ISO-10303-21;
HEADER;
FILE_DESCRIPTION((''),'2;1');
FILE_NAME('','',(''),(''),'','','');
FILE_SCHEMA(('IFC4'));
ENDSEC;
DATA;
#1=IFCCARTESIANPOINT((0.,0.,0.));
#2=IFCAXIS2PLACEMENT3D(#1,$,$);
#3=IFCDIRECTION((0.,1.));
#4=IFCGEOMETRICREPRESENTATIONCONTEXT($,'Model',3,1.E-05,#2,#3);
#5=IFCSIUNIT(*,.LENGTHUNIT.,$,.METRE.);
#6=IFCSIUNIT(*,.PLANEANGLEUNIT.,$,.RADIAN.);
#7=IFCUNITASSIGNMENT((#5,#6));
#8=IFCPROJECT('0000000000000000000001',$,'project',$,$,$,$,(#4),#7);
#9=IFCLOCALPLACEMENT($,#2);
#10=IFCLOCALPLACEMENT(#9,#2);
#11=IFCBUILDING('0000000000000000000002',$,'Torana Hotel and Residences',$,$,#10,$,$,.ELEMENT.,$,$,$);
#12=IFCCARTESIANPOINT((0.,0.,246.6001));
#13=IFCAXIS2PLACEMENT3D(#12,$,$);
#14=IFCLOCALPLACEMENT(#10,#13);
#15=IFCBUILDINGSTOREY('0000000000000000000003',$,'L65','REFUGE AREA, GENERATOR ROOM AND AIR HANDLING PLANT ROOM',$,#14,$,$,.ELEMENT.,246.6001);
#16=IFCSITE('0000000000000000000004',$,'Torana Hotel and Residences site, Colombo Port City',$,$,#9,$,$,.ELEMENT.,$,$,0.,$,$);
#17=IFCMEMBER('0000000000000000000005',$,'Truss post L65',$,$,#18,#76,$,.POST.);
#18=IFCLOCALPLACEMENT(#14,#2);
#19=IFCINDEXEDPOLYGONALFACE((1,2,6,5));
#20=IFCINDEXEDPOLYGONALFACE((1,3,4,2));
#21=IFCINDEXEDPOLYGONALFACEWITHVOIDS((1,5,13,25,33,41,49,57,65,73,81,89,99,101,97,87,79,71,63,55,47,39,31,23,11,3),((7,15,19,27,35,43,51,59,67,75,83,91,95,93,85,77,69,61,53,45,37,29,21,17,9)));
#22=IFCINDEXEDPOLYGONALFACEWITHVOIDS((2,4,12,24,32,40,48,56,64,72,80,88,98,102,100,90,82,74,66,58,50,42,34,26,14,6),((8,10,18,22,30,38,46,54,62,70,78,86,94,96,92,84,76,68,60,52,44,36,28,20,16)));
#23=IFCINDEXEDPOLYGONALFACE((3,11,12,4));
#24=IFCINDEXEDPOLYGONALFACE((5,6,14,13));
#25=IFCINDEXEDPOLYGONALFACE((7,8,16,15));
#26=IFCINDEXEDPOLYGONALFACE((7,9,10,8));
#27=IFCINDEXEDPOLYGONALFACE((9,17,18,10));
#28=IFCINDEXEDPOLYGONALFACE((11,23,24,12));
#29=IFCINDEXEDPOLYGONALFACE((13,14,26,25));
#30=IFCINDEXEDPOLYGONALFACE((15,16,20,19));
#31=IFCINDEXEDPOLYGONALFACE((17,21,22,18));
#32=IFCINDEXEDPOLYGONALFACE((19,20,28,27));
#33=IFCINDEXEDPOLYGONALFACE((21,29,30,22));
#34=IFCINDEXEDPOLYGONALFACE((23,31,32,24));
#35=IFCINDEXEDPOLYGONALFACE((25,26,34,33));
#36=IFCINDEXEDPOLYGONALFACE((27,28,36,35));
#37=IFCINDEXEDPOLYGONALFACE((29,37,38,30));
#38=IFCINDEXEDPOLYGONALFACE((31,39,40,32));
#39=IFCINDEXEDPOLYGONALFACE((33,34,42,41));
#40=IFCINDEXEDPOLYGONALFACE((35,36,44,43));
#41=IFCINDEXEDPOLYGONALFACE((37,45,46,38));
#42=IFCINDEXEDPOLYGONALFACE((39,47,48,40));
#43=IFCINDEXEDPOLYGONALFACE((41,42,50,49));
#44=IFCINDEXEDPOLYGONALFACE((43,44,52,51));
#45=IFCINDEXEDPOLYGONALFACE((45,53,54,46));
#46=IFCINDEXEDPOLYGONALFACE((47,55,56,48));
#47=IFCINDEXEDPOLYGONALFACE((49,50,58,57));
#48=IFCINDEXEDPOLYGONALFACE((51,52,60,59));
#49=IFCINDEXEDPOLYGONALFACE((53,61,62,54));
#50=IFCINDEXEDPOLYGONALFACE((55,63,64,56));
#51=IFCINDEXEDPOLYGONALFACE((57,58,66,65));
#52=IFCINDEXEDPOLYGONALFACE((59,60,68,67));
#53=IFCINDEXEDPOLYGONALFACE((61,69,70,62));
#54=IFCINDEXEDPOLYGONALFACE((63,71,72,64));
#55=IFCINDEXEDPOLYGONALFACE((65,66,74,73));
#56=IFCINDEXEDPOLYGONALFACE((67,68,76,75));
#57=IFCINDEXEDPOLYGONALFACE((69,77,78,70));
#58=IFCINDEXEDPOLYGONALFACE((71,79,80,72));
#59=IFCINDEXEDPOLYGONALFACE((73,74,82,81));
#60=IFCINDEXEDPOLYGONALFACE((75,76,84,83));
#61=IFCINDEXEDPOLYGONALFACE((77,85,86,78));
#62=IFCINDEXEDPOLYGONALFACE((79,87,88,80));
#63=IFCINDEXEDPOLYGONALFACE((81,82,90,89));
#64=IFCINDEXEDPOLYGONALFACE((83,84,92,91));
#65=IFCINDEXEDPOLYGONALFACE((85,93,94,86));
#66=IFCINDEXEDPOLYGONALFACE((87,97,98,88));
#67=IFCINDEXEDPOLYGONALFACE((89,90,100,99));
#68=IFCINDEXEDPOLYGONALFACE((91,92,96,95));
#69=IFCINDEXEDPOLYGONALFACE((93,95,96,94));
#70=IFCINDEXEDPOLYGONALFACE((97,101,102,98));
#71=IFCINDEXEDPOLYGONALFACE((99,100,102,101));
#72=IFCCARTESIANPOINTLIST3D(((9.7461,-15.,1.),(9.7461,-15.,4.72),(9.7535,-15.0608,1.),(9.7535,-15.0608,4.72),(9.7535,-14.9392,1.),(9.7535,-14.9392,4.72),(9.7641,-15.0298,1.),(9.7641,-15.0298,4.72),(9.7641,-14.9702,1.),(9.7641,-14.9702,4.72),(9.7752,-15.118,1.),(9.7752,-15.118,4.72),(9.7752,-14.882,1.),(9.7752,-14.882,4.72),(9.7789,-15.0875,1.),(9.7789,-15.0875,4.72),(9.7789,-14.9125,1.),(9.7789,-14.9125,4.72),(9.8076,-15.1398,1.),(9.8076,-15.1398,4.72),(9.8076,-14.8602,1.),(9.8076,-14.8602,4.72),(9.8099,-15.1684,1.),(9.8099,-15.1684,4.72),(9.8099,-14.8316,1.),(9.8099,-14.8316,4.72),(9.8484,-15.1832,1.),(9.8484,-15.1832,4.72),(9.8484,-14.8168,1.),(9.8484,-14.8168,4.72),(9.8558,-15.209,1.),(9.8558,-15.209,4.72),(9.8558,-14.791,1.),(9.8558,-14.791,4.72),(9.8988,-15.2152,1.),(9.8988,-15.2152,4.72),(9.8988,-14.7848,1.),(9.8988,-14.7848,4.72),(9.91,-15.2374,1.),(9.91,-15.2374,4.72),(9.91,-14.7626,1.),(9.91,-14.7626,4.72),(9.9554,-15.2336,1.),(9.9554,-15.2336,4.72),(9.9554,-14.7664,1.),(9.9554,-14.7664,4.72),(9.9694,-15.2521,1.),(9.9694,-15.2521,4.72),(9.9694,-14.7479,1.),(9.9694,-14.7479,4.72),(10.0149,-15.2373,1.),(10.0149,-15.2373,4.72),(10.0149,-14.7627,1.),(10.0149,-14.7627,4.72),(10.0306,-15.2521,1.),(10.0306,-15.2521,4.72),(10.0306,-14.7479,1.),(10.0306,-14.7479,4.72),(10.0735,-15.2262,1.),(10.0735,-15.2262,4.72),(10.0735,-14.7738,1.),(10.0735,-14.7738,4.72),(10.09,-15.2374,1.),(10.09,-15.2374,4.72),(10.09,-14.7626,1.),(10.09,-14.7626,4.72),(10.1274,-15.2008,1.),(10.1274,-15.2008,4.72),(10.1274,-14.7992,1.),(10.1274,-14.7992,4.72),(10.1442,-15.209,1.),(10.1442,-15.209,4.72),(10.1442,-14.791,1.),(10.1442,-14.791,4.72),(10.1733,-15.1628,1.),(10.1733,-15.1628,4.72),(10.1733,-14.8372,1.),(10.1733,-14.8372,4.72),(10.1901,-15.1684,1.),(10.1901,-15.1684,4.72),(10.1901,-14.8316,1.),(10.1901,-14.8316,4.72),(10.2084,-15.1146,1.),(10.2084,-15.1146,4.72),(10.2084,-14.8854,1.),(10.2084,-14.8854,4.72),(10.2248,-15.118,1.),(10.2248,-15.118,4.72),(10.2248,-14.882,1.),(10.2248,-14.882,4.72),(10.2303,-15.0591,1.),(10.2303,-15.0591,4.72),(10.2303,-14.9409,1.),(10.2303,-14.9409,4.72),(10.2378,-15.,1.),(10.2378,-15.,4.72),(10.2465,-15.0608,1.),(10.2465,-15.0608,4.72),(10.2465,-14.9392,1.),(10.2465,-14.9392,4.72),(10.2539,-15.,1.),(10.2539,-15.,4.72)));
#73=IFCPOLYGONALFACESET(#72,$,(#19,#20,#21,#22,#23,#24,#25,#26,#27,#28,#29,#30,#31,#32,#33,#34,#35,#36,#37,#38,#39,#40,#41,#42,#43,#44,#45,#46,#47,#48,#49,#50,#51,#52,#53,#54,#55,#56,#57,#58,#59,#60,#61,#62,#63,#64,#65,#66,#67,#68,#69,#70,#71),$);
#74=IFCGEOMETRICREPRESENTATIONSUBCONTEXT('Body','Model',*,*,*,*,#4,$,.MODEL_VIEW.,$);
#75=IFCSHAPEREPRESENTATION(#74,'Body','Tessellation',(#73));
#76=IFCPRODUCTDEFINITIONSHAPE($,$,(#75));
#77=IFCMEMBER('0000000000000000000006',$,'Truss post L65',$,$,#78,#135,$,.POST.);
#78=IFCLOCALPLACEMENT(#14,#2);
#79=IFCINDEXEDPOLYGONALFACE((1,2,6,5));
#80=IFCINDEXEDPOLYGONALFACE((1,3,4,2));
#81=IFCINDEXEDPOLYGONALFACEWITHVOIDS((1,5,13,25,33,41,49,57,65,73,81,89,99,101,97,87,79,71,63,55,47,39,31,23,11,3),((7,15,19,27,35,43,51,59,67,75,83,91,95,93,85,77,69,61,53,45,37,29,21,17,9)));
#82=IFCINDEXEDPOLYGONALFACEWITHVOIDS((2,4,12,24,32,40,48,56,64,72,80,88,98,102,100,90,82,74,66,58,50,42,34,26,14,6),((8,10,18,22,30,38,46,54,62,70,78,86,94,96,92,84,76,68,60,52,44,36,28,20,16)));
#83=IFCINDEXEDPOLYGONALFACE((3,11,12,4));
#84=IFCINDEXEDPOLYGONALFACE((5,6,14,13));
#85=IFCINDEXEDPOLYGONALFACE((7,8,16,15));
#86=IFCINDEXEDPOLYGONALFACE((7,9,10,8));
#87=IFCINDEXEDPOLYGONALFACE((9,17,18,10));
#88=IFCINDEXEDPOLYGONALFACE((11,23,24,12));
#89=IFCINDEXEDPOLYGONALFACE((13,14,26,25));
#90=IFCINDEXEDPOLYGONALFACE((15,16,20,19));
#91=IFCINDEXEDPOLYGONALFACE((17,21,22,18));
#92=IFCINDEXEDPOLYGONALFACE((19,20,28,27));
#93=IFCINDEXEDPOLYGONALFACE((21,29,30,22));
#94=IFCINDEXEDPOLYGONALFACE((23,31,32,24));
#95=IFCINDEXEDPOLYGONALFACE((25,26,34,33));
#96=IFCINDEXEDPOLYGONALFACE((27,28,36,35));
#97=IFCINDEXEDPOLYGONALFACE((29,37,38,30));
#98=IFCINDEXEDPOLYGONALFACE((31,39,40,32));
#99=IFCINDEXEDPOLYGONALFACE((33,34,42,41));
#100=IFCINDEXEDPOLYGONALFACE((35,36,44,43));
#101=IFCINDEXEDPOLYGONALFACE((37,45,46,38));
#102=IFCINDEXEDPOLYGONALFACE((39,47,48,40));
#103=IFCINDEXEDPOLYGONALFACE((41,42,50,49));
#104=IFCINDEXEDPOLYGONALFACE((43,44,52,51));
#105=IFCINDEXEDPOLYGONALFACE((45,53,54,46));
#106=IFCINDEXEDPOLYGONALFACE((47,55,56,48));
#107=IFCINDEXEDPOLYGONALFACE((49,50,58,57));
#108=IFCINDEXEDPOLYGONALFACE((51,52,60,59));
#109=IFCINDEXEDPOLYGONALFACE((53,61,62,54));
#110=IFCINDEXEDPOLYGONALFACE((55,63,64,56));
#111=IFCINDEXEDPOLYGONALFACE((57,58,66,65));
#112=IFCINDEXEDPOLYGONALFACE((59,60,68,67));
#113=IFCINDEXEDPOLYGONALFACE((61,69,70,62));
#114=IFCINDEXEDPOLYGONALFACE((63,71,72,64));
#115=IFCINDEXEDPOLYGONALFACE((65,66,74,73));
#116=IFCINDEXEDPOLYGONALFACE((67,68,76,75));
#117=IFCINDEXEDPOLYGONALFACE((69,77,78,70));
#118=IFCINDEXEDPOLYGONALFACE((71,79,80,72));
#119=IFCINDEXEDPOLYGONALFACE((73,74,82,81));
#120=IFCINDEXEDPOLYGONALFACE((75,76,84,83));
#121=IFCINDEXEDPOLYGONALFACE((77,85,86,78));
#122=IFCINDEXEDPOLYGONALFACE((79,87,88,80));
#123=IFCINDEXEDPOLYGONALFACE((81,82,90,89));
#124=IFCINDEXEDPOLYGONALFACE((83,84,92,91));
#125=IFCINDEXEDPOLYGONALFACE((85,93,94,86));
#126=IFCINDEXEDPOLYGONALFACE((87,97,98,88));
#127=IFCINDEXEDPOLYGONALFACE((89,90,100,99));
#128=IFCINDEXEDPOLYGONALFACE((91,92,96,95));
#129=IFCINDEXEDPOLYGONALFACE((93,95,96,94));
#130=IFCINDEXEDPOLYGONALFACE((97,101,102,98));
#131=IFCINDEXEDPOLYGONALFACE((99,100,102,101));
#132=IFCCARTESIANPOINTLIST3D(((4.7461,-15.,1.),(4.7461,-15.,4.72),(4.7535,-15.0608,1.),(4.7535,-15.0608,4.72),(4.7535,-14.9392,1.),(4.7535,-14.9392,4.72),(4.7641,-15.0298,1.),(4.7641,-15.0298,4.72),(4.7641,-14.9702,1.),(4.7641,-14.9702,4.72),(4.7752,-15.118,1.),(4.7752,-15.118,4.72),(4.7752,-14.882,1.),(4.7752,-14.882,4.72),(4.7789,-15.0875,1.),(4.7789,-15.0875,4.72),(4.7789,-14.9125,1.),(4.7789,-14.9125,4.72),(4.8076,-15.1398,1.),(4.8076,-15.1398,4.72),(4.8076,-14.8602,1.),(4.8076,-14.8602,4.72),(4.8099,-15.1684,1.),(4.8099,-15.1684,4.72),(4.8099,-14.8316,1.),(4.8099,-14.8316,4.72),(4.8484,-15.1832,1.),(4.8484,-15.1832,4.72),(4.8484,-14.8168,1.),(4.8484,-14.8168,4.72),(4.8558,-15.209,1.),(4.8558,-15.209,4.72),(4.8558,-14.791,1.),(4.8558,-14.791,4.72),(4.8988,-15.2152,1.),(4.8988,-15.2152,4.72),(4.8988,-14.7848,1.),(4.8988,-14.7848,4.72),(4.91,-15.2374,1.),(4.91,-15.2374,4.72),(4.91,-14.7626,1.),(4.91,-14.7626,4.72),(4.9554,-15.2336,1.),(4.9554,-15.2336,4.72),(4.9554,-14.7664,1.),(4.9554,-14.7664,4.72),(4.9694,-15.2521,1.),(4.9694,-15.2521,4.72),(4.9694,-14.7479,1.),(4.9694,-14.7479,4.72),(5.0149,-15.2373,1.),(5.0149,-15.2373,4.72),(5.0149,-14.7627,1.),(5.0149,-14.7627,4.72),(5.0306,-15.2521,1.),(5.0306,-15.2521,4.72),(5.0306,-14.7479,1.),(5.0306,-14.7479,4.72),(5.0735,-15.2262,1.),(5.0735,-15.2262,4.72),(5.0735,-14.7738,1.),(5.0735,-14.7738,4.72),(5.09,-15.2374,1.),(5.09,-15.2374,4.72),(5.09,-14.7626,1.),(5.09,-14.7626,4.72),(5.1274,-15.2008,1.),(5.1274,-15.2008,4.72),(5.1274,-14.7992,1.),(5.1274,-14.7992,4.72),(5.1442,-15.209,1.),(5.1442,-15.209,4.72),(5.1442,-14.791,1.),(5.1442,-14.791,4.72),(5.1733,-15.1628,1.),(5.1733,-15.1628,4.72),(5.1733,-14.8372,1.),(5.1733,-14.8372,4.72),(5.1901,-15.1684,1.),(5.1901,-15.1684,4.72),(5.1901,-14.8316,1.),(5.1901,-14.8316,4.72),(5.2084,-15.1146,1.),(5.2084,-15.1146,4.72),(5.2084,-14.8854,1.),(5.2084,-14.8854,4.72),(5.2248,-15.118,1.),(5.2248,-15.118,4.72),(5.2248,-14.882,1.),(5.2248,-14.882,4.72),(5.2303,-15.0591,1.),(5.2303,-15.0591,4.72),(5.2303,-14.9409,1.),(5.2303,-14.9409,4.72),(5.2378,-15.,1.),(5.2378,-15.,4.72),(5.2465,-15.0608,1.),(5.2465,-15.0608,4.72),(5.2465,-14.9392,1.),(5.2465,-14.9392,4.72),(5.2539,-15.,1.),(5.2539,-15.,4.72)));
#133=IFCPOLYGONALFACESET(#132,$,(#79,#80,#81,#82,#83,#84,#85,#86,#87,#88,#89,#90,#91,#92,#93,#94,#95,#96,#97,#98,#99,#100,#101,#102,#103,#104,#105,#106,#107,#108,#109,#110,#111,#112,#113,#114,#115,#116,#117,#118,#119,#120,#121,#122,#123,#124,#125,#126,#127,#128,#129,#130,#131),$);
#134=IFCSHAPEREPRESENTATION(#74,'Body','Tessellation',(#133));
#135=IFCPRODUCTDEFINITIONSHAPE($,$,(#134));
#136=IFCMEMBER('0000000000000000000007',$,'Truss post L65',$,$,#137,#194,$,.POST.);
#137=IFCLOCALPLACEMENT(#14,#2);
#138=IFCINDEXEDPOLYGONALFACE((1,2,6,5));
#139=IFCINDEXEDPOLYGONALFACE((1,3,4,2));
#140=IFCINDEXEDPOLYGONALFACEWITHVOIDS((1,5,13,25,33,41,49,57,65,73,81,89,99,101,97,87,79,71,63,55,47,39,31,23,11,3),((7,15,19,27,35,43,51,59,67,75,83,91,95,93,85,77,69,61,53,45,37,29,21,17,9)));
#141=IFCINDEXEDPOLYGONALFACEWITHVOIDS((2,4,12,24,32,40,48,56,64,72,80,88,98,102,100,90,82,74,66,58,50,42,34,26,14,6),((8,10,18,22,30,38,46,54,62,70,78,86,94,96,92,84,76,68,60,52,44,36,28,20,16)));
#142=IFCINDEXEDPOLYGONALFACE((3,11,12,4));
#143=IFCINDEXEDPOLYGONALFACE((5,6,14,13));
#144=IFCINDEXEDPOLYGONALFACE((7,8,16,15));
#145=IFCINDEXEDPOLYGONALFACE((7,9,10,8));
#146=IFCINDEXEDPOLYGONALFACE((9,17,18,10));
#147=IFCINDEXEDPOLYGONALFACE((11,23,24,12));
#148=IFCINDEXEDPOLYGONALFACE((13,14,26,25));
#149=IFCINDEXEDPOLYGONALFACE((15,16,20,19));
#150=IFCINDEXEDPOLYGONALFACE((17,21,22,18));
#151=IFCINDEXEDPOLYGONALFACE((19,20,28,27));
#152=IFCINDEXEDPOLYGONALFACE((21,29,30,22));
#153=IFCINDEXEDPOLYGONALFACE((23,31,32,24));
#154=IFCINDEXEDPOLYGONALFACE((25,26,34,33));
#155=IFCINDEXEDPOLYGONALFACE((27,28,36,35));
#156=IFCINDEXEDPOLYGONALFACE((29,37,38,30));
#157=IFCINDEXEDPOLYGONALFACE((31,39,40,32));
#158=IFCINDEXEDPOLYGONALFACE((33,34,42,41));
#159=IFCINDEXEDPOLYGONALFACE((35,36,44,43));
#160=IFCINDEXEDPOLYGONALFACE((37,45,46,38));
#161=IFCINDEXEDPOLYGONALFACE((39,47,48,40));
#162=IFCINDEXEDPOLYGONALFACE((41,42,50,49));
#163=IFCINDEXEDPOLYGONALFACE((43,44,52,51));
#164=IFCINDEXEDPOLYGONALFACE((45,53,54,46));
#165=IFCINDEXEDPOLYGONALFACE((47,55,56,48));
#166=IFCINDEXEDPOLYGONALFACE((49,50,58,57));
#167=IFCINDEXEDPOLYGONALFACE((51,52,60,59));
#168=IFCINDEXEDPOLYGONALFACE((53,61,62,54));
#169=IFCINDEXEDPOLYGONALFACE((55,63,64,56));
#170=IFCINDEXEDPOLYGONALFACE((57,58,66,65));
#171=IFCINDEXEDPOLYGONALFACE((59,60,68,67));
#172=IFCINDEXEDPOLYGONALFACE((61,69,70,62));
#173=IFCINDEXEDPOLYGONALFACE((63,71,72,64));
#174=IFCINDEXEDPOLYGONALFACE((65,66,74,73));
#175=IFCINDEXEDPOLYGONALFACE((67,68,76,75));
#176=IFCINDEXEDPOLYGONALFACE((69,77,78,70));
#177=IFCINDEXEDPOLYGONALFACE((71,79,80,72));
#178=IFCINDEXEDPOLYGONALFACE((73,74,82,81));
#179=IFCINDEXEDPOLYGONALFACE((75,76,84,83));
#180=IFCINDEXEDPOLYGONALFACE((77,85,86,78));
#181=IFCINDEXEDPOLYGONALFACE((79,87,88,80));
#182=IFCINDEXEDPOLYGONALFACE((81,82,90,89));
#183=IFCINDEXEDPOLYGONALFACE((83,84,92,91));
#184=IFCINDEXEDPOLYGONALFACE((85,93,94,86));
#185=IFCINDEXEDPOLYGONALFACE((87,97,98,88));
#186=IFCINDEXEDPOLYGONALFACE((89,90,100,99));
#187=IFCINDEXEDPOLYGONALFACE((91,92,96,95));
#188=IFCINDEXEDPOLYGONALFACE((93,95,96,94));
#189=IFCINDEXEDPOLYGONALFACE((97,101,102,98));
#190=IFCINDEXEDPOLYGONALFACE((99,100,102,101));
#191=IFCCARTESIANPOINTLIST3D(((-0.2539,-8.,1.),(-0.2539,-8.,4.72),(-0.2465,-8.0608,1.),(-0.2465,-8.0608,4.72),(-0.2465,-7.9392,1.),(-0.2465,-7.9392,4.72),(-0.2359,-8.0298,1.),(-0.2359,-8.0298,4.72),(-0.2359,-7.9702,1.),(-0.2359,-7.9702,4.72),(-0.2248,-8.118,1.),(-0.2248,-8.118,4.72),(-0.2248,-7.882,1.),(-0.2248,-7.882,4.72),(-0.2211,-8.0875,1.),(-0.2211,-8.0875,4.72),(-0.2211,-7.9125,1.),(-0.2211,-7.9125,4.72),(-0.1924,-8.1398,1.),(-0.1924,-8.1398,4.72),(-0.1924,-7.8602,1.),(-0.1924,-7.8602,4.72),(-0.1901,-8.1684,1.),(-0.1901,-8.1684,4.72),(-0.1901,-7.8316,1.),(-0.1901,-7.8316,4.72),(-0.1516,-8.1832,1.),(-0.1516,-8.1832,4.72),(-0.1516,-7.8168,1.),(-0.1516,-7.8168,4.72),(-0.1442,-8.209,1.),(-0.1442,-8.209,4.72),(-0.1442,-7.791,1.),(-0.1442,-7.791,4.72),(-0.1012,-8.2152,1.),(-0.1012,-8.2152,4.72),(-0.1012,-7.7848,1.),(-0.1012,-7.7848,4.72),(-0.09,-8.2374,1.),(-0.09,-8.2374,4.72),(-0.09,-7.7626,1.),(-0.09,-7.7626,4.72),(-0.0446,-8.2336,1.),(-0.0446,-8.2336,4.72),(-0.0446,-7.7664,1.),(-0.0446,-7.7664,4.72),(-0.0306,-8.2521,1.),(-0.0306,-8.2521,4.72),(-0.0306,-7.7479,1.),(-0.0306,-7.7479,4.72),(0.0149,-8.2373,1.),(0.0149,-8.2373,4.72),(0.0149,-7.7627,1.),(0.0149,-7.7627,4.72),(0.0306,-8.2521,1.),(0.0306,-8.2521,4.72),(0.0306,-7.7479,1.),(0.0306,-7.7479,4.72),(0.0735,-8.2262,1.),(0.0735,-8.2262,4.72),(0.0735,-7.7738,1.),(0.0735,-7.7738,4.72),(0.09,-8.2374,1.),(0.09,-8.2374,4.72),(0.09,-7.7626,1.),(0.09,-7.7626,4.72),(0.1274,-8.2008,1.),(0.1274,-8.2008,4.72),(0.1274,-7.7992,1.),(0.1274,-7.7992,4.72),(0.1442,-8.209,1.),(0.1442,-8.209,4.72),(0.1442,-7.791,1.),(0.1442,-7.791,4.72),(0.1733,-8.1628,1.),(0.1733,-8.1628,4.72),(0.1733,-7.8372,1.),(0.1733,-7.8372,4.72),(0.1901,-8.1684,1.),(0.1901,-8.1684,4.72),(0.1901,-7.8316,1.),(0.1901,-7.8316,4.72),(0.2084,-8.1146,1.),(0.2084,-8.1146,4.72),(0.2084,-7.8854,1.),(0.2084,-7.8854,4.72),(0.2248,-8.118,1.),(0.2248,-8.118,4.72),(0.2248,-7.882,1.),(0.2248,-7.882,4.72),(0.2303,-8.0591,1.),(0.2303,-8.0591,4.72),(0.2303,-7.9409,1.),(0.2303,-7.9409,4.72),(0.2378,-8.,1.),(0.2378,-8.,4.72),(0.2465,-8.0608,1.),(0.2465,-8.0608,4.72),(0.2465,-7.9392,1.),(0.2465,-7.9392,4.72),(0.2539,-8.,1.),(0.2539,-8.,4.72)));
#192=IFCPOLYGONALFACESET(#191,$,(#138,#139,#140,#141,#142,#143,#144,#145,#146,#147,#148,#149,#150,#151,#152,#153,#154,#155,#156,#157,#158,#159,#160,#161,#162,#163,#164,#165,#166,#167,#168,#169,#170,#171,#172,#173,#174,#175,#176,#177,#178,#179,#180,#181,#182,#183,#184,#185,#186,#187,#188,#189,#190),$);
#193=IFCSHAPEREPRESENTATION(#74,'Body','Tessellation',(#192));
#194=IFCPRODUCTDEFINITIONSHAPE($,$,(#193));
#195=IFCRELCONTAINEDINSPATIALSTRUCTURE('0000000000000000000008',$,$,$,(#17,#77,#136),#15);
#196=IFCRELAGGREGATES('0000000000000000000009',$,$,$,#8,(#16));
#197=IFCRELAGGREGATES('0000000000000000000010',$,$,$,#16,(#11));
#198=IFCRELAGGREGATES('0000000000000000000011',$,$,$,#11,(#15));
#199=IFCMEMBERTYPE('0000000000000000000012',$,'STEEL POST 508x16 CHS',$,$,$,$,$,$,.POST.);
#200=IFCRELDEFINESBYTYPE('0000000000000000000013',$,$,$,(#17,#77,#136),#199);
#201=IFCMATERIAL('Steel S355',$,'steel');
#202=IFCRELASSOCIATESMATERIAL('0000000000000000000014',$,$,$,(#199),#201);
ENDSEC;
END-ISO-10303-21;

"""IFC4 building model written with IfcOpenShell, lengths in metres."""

from ifc_helpers import new_model, si_unit, direction, frame, origin, origin_2d, place, context, subcontext, project, spatial, hollow_circle, extrude, material, material_profile, profile_set, type_object, element, save


model = new_model("IFC4")

# Units and contexts
model_context = context("Model", 3, precision=1e-05, world=origin(), true_north=direction((0.0, 1.0)))
body_context = subcontext(model_context, "Body", "Model", "MODEL_VIEW")
ifc_project = project(units=[si_unit("LENGTHUNIT", "METRE"), si_unit("PLANEANGLEUNIT", "RADIAN")], contexts=[model_context])

# Site, building, storey
site_placement = place(None, origin())
site = spatial("IfcSite", under=ifc_project, at=site_placement, Name="Torana Hotel and Residences site, Colombo Port City", CompositionType="ELEMENT", RefElevation=0.0)
building_placement = place(site_placement, origin())
building = spatial("IfcBuilding", under=site, at=building_placement, Name="Torana Hotel and Residences", CompositionType="ELEMENT")
storey_placement = place(building_placement, frame((0.0, 0.0, 246.6001)))
storey = spatial("IfcBuildingStorey", under=building, at=storey_placement, Name="L65", Description="REFUGE AREA, GENERATOR ROOM AND AIR HANDLING PLANT ROOM", CompositionType="ELEMENT", Elevation=246.6001)

# Members
ifc_material_1 = material(Name="Steel S355", Category="steel")
ifc_material_profile_1 = material_profile(ifc_material_1, hollow_circle(Radius=0.2539, WallThickness=0.0161, at=origin_2d()), Name="508x16 CHS")
ifc_profile_set_1 = profile_set([ifc_material_profile_1], Name="Steel S355")
member_type_1 = type_object("IfcMemberType", Name="STEEL POST 508x16 CHS", PredefinedType="POST", material=ifc_profile_set_1)
for number, where, z_axis, x_axis, name in (
    (1, (10.0, -15.0, 1.0), (0.0, 0.0, 1.0), (1.0, 0.0, 0.0), "Truss post L65"),
    (2, (5.0, -15.0, 1.0), (0.0, 0.0, 1.0), (1.0, 0.0, 0.0), "Truss post L65"),
    (3, (0.0, -8.0, 1.0), (0.0, 0.0, 1.0), (1.0, 0.0, 0.0), "Truss post L65"),
):
    element("IfcMember", number, at=place(storey_placement, frame(where, z_axis=z_axis, x_axis=x_axis)), inside=storey, type_object=member_type_1, Name=name, PredefinedType="POST", context=body_context, shape_type="SweptSolid", body=[
        extrude(hollow_circle(Radius=0.2539, WallThickness=0.0161, at=origin_2d()), origin(), (0.0, 0.0, 1.0), 3.72),
    ])

save(model, "model.ifc")
